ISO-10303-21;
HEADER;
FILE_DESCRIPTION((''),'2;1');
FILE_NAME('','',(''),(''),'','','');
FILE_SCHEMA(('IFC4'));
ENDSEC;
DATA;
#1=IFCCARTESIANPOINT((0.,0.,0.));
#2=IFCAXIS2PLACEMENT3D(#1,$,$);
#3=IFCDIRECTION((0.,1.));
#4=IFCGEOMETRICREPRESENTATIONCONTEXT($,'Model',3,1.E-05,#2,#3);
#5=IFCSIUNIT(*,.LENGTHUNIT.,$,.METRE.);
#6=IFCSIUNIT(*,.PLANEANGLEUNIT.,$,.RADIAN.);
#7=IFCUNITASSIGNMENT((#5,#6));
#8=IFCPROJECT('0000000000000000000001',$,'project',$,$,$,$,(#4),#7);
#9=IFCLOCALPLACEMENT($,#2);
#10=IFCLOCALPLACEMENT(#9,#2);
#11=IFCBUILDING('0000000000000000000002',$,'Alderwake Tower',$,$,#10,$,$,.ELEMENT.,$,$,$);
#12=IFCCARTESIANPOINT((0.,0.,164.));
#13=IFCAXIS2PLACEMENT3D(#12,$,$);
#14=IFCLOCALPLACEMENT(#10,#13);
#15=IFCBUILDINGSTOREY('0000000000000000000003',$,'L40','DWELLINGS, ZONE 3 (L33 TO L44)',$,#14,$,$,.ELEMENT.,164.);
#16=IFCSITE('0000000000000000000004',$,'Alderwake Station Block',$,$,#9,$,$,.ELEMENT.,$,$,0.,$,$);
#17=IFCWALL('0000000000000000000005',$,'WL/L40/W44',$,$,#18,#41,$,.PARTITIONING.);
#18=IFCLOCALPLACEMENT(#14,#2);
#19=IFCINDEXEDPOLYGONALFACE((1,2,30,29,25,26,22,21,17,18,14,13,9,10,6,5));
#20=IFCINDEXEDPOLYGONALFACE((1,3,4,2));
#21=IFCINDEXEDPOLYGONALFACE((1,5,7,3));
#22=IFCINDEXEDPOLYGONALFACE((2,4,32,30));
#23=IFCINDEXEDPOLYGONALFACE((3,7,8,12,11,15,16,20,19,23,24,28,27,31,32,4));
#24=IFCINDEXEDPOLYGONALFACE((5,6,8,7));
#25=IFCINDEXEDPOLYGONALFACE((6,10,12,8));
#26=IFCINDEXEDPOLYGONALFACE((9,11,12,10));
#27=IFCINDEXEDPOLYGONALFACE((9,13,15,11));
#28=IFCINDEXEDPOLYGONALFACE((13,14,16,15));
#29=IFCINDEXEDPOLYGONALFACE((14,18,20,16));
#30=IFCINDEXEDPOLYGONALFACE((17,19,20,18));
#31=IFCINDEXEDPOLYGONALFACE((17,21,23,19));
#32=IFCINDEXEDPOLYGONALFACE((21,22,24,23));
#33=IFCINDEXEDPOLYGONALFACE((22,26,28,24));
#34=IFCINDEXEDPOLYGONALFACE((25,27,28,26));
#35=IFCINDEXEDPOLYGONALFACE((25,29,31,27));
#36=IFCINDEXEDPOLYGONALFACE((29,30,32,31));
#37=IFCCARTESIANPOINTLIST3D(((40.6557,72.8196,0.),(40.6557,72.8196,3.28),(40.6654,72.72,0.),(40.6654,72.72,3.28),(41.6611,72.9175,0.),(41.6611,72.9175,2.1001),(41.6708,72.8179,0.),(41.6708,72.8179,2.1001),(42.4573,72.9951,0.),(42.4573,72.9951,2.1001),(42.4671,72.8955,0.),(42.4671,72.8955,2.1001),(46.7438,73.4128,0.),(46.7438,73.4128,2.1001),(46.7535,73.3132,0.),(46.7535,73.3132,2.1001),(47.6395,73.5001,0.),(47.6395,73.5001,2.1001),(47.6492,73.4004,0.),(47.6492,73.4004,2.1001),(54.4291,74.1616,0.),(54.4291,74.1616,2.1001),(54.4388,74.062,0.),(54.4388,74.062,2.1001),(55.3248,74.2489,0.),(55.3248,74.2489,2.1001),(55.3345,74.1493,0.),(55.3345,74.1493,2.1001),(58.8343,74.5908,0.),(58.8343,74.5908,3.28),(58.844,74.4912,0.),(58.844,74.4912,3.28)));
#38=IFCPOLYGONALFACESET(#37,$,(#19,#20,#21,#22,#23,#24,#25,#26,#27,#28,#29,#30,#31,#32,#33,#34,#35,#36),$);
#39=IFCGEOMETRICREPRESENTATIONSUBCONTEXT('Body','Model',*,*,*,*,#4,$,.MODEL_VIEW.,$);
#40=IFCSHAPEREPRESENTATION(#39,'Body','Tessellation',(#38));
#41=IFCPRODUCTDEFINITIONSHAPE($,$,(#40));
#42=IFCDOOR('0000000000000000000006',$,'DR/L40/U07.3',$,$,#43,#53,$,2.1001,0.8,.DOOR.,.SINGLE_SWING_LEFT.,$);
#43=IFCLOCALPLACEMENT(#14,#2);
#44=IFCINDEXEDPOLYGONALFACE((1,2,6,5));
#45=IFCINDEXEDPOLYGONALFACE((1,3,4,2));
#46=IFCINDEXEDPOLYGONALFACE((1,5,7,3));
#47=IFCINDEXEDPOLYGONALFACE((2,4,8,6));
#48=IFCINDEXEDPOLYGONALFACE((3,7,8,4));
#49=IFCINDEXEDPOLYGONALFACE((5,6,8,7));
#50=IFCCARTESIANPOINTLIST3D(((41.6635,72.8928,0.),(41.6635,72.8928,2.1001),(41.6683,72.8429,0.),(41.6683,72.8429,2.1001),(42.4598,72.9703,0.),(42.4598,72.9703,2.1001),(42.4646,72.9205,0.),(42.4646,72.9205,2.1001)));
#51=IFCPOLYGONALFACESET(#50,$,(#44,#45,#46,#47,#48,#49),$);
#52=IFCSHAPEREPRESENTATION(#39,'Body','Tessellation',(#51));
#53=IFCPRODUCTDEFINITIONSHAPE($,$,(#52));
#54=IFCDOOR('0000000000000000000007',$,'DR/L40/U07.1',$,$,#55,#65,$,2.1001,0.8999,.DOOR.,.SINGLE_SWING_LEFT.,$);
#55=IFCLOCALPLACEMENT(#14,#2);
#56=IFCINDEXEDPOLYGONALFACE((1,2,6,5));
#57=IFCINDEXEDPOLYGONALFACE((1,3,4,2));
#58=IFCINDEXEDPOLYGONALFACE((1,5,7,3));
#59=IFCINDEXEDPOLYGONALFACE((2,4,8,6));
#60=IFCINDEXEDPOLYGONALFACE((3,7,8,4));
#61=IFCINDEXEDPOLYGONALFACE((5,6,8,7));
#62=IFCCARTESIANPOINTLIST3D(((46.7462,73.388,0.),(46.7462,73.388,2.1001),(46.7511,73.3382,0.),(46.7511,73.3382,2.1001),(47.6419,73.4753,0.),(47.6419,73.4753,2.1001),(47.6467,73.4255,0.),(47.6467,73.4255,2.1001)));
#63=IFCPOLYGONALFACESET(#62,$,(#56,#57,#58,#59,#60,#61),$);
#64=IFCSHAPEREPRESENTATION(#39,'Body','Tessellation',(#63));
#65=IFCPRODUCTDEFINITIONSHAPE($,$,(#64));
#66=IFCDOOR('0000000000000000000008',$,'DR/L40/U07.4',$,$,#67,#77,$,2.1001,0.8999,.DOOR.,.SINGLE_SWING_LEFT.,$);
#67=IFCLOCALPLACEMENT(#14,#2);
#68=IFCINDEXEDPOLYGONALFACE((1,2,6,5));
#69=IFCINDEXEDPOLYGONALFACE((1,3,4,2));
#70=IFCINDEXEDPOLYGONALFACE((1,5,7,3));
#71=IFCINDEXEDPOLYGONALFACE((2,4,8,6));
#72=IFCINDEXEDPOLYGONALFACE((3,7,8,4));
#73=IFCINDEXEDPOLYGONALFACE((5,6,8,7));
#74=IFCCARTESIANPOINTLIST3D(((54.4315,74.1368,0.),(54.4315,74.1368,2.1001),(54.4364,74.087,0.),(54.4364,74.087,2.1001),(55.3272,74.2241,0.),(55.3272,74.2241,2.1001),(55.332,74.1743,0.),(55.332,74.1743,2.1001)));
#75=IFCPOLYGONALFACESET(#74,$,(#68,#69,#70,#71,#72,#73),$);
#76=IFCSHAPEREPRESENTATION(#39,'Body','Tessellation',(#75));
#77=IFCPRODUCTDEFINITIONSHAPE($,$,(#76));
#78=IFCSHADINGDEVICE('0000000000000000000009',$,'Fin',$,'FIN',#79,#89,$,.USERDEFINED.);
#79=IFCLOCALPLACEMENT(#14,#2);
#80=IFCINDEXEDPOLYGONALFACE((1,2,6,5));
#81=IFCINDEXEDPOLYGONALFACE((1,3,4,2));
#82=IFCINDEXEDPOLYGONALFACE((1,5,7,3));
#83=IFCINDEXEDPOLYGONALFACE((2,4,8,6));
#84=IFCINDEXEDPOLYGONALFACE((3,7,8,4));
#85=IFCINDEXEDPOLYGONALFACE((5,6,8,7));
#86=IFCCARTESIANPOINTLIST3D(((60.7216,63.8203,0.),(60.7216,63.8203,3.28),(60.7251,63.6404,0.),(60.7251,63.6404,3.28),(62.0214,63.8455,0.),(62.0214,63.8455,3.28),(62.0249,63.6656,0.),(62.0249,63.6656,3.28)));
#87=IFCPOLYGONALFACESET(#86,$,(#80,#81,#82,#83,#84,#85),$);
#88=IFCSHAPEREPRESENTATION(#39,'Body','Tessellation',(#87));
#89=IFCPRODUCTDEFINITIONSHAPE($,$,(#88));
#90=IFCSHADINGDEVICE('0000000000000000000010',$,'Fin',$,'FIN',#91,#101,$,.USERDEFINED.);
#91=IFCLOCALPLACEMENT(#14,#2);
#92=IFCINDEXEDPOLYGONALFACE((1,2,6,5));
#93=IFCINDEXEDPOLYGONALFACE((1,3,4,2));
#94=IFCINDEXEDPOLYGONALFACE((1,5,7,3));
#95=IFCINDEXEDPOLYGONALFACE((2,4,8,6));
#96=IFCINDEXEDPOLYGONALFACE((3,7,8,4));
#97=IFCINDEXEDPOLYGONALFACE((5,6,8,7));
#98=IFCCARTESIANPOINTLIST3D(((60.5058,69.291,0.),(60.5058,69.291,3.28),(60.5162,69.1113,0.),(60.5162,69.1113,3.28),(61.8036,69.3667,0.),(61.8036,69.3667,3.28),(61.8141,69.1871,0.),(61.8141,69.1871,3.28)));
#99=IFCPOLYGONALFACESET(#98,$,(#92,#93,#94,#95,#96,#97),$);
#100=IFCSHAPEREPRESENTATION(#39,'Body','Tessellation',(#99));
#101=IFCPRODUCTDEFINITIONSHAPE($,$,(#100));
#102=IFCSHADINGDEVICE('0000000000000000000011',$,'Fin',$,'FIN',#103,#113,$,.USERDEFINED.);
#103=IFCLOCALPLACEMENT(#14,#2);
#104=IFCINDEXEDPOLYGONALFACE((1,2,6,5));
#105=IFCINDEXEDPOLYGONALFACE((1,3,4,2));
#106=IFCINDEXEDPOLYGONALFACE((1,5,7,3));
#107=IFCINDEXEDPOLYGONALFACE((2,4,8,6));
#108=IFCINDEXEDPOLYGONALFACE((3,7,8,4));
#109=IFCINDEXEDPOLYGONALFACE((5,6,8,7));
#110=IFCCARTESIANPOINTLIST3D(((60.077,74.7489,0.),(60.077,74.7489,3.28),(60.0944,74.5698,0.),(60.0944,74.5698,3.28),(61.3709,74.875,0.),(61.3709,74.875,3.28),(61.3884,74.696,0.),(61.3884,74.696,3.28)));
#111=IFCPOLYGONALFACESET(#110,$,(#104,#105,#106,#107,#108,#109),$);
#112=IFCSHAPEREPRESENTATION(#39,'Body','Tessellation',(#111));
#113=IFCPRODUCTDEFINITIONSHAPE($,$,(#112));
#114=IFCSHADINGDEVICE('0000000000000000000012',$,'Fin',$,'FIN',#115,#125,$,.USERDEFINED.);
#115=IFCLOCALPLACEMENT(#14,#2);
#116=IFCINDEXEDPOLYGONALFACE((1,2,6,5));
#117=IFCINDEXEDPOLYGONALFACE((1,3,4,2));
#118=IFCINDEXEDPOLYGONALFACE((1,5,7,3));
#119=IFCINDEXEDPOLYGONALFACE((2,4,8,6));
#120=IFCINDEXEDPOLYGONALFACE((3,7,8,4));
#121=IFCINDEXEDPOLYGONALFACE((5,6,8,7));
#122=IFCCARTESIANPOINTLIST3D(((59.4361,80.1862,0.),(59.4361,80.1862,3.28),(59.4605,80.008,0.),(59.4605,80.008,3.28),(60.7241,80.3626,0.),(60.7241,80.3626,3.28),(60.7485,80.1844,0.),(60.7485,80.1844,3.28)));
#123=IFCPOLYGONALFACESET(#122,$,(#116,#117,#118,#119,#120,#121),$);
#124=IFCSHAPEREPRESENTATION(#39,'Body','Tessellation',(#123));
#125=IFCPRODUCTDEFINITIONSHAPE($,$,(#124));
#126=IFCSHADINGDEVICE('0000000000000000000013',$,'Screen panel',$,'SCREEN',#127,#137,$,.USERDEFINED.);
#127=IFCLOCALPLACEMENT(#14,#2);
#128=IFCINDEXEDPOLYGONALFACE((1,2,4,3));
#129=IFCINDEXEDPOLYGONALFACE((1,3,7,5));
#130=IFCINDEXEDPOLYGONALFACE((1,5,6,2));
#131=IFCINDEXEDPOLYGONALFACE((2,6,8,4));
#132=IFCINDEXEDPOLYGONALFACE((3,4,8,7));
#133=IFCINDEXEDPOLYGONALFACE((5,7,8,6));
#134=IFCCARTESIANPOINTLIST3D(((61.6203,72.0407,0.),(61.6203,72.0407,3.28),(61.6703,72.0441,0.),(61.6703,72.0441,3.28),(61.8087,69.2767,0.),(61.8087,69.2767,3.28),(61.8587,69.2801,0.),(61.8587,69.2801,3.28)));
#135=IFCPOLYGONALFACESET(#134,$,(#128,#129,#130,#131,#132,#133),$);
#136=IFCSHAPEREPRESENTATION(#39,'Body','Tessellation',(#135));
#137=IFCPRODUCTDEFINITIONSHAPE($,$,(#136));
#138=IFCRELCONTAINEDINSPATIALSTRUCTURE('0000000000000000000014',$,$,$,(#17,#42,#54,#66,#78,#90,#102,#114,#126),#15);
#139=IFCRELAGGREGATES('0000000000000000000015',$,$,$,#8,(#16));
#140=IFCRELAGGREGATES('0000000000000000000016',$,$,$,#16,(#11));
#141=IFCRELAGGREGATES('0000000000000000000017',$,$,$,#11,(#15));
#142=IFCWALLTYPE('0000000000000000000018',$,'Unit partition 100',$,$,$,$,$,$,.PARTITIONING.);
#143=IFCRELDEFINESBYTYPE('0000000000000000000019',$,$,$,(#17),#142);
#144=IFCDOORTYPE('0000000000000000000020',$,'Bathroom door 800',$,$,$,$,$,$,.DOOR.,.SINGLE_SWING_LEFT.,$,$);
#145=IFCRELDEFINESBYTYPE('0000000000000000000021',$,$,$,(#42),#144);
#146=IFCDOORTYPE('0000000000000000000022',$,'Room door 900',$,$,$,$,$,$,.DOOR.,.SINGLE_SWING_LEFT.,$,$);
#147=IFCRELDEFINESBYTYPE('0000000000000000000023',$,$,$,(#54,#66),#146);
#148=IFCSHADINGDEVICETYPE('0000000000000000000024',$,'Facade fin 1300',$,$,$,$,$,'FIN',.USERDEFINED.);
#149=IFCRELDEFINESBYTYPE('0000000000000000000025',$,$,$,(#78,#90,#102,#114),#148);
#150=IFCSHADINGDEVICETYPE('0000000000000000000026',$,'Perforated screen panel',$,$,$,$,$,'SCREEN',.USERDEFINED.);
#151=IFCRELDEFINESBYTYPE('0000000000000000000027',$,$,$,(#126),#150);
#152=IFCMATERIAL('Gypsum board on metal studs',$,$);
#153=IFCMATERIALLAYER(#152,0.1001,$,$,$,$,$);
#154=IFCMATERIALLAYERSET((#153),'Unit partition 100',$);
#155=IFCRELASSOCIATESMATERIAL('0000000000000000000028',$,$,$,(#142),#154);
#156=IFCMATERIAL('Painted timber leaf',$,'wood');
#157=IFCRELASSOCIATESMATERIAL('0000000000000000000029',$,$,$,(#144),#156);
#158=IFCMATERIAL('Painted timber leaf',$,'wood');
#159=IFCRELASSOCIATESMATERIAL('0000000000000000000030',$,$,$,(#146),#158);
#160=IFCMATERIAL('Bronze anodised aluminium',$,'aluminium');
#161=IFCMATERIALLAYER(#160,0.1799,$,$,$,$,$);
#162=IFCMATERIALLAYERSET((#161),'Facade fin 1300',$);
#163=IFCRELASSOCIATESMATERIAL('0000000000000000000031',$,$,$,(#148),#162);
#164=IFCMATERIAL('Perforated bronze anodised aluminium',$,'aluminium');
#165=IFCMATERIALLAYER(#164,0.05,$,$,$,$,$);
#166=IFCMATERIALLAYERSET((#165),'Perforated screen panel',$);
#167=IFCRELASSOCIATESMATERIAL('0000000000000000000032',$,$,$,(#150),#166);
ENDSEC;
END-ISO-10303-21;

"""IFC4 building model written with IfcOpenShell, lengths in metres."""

from ifc_helpers import new_model, si_unit, direction, frame, frame_2d, origin, origin_2d, place, context, subcontext, project, spatial, rectangle, extrude, material, layer, layer_set, type_object, element, fill, save


model = new_model("IFC4")

# Units and contexts
model_context = context("Model", 3, precision=1e-05, world=origin(), true_north=direction((0.0, 1.0)))
body_context = subcontext(model_context, "Body", "Model", "MODEL_VIEW")
ifc_project = project(units=[si_unit("LENGTHUNIT", "METRE"), si_unit("PLANEANGLEUNIT", "RADIAN")], contexts=[model_context])

# Site, building, storey
site_placement = place(None, origin())
site = spatial("IfcSite", under=ifc_project, at=site_placement, Name="Alderwake Station Block", CompositionType="ELEMENT", RefElevation=0.0)
building_placement = place(site_placement, origin())
building = spatial("IfcBuilding", under=site, at=building_placement, Name="Alderwake Tower", CompositionType="ELEMENT")
storey_placement = place(building_placement, frame((0.0, 0.0, 164.0)))
storey = spatial("IfcBuildingStorey", under=building, at=storey_placement, Name="L40", Description="DWELLINGS, ZONE 3 (L33 TO L44)", CompositionType="ELEMENT", Elevation=164.0)

# Wall, openings, doors
ifc_material_1 = material(Name="Gypsum board on metal studs")
ifc_layer_1 = layer(ifc_material_1, 0.1001)
ifc_layer_set_1 = layer_set([ifc_layer_1], Name="Unit partition 100")
wall_type_1 = type_object("IfcWallType", Name="Unit partition 100", PredefinedType="PARTITIONING", material=ifc_layer_set_1)
wall_1_placement = place(storey_placement, frame((58.8391, 74.541, 0.0), z_axis=(0.0, 0.0, 1.0), x_axis=(-0.995287, -0.096977, 0.0)))
wall_1 = element("IfcWall", 1, at=wall_1_placement, inside=storey, type_object=wall_type_1, Name="WL/L40/W44", PredefinedType="PARTITIONING", context=body_context, shape_type="SweptSolid", body=[
    extrude(rectangle(XDim=18.2646, YDim=0.1001, at=frame_2d((9.1323, 0.0))), origin(), (0.0, 0.0, 1.0), 3.28),
])
opening_1_placement = place(wall_1_placement, frame((11.2478, 0.0, 0.0)))
opening_1 = element("IfcOpeningElement", 2, at=opening_1_placement, cuts=wall_1, PredefinedType="OPENING", context=body_context, shape_type="SweptSolid", body=[
    extrude(rectangle(XDim=0.8999, YDim=2.1001, at=frame_2d((0.45, 1.05))), frame((0.0, 0.0601, 0.0), z_axis=(0.0, -1.0, 0.0), x_axis=(1.0, 0.0, 0.0)), (0.0, 0.0, 1.0), 0.1201),
])
opening_2_placement = place(wall_1_placement, frame((16.4546, 0.0, 0.0)))
opening_2 = element("IfcOpeningElement", 3, at=opening_2_placement, cuts=wall_1, PredefinedType="OPENING", context=body_context, shape_type="SweptSolid", body=[
    extrude(rectangle(XDim=0.8, YDim=2.1001, at=frame_2d((0.3999, 1.05))), frame((0.0, 0.0601, 0.0), z_axis=(0.0, -1.0, 0.0), x_axis=(1.0, 0.0, 0.0)), (0.0, 0.0, 1.0), 0.1201),
])
opening_3_placement = place(wall_1_placement, frame((3.5261, 0.0, 0.0)))
opening_3 = element("IfcOpeningElement", 4, at=opening_3_placement, cuts=wall_1, PredefinedType="OPENING", context=body_context, shape_type="SweptSolid", body=[
    extrude(rectangle(XDim=0.8999, YDim=2.1001, at=frame_2d((0.45, 1.05))), frame((0.0, 0.0601, 0.0), z_axis=(0.0, -1.0, 0.0), x_axis=(1.0, 0.0, 0.0)), (0.0, 0.0, 1.0), 0.1201),
])
ifc_material_2 = material(Name="Painted timber leaf", Category="wood")
door_type_1 = type_object("IfcDoorType", Name="Bathroom door 800", OperationType="SINGLE_SWING_LEFT", PredefinedType="DOOR", material=ifc_material_2)
door_1_placement = place(opening_2_placement, origin())
door_1 = element("IfcDoor", 5, at=door_1_placement, inside=storey, type_object=door_type_1, Name="DR/L40/U07.3", OperationType="SINGLE_SWING_LEFT", OverallHeight=2.1001, OverallWidth=0.8, PredefinedType="DOOR", context=body_context, shape_type="SweptSolid", body=[
    extrude(rectangle(XDim=0.8, YDim=2.1001, at=frame_2d((0.3999, 1.05))), frame((0.0, 0.0249, 0.0), z_axis=(0.0, -1.0, 0.0), x_axis=(1.0, 0.0, 0.0)), (0.0, 0.0, 1.0), 0.05),
])
fill(opening_2, door_1)
ifc_material_3 = material(Name="Painted timber leaf", Category="wood")
door_type_2 = type_object("IfcDoorType", Name="Room door 900", OperationType="SINGLE_SWING_LEFT", PredefinedType="DOOR", material=ifc_material_3)
door_2_placement = place(opening_1_placement, origin())
door_2 = element("IfcDoor", 6, at=door_2_placement, inside=storey, type_object=door_type_2, Name="DR/L40/U07.1", OperationType="SINGLE_SWING_LEFT", OverallHeight=2.1001, OverallWidth=0.8999, PredefinedType="DOOR", context=body_context, shape_type="SweptSolid", body=[
    extrude(rectangle(XDim=0.8999, YDim=2.1001, at=frame_2d((0.45, 1.05))), frame((0.0, 0.0249, 0.0), z_axis=(0.0, -1.0, 0.0), x_axis=(1.0, 0.0, 0.0)), (0.0, 0.0, 1.0), 0.05),
])
fill(opening_1, door_2)
door_3_placement = place(opening_3_placement, origin())
door_3 = element("IfcDoor", 7, at=door_3_placement, inside=storey, type_object=door_type_2, Name="DR/L40/U07.4", OperationType="SINGLE_SWING_LEFT", OverallHeight=2.1001, OverallWidth=0.8999, PredefinedType="DOOR", context=body_context, shape_type="SweptSolid", body=[
    extrude(rectangle(XDim=0.8999, YDim=2.1001, at=frame_2d((0.45, 1.05))), frame((0.0, 0.0249, 0.0), z_axis=(0.0, -1.0, 0.0), x_axis=(1.0, 0.0, 0.0)), (0.0, 0.0, 1.0), 0.05),
])
fill(opening_3, door_3)

# Shading devices
ifc_material_4 = material(Name="Bronze anodised aluminium", Category="aluminium")
ifc_layer_2 = layer(ifc_material_4, 0.1799)
ifc_layer_set_2 = layer_set([ifc_layer_2], Name="Facade fin 1300")
shading_device_type_1 = type_object("IfcShadingDeviceType", Name="Facade fin 1300", ElementType="FIN", PredefinedType="USERDEFINED", material=ifc_layer_set_2)
for number, where, z_axis, x_axis, name in (
    (8, (61.3733, 63.7429, 0.0), (0.0, 0.0, 1.0), (0.999812, 0.019398, 0.0), "Fin"),
    (9, (61.1599, 69.239, 0.0), (0.0, 0.0, 1.0), (0.998301, 0.058266, 0.0), "Fin"),
    (10, (60.7327, 74.7224, 0.0), (0.0, 0.0, 1.0), (0.99528, 0.097046, 0.0), "Fin"),
    (11, (60.0923, 80.1853, 0.0), (0.0, 0.0, 1.0), (0.990753, 0.135681, 0.0), "Fin"),
):
    element("IfcShadingDevice", number, at=place(storey_placement, frame(where, z_axis=z_axis, x_axis=x_axis)), inside=storey, type_object=shading_device_type_1, Name=name, ObjectType="FIN", PredefinedType="USERDEFINED", context=body_context, shape_type="SweptSolid", body=[
        extrude(rectangle(XDim=1.3, YDim=0.1799, at=origin_2d()), origin(), (0.0, 0.0, 1.0), 3.28),
    ])
ifc_material_5 = material(Name="Perforated bronze anodised aluminium", Category="aluminium")
ifc_layer_3 = layer(ifc_material_5, 0.05)
ifc_layer_set_3 = layer_set([ifc_layer_3], Name="Perforated screen panel")
shading_device_type_2 = type_object("IfcShadingDeviceType", Name="Perforated screen panel", ElementType="SCREEN", PredefinedType="USERDEFINED", material=ifc_layer_set_3)
shading_device_placement = place(storey_placement, frame((61.7395, 70.6604, 0.0), z_axis=(0.0, 0.0, 1.0), x_axis=(0.997685, 0.067998, 0.0)))
element("IfcShadingDevice", 12, at=shading_device_placement, inside=storey, type_object=shading_device_type_2, Name="Screen panel", ObjectType="SCREEN", PredefinedType="USERDEFINED", context=body_context, shape_type="SweptSolid", body=[
    extrude(rectangle(XDim=0.05, YDim=2.7705, at=origin_2d()), origin(), (0.0, 0.0, 1.0), 3.28),
])

save(model, "model.ifc")
